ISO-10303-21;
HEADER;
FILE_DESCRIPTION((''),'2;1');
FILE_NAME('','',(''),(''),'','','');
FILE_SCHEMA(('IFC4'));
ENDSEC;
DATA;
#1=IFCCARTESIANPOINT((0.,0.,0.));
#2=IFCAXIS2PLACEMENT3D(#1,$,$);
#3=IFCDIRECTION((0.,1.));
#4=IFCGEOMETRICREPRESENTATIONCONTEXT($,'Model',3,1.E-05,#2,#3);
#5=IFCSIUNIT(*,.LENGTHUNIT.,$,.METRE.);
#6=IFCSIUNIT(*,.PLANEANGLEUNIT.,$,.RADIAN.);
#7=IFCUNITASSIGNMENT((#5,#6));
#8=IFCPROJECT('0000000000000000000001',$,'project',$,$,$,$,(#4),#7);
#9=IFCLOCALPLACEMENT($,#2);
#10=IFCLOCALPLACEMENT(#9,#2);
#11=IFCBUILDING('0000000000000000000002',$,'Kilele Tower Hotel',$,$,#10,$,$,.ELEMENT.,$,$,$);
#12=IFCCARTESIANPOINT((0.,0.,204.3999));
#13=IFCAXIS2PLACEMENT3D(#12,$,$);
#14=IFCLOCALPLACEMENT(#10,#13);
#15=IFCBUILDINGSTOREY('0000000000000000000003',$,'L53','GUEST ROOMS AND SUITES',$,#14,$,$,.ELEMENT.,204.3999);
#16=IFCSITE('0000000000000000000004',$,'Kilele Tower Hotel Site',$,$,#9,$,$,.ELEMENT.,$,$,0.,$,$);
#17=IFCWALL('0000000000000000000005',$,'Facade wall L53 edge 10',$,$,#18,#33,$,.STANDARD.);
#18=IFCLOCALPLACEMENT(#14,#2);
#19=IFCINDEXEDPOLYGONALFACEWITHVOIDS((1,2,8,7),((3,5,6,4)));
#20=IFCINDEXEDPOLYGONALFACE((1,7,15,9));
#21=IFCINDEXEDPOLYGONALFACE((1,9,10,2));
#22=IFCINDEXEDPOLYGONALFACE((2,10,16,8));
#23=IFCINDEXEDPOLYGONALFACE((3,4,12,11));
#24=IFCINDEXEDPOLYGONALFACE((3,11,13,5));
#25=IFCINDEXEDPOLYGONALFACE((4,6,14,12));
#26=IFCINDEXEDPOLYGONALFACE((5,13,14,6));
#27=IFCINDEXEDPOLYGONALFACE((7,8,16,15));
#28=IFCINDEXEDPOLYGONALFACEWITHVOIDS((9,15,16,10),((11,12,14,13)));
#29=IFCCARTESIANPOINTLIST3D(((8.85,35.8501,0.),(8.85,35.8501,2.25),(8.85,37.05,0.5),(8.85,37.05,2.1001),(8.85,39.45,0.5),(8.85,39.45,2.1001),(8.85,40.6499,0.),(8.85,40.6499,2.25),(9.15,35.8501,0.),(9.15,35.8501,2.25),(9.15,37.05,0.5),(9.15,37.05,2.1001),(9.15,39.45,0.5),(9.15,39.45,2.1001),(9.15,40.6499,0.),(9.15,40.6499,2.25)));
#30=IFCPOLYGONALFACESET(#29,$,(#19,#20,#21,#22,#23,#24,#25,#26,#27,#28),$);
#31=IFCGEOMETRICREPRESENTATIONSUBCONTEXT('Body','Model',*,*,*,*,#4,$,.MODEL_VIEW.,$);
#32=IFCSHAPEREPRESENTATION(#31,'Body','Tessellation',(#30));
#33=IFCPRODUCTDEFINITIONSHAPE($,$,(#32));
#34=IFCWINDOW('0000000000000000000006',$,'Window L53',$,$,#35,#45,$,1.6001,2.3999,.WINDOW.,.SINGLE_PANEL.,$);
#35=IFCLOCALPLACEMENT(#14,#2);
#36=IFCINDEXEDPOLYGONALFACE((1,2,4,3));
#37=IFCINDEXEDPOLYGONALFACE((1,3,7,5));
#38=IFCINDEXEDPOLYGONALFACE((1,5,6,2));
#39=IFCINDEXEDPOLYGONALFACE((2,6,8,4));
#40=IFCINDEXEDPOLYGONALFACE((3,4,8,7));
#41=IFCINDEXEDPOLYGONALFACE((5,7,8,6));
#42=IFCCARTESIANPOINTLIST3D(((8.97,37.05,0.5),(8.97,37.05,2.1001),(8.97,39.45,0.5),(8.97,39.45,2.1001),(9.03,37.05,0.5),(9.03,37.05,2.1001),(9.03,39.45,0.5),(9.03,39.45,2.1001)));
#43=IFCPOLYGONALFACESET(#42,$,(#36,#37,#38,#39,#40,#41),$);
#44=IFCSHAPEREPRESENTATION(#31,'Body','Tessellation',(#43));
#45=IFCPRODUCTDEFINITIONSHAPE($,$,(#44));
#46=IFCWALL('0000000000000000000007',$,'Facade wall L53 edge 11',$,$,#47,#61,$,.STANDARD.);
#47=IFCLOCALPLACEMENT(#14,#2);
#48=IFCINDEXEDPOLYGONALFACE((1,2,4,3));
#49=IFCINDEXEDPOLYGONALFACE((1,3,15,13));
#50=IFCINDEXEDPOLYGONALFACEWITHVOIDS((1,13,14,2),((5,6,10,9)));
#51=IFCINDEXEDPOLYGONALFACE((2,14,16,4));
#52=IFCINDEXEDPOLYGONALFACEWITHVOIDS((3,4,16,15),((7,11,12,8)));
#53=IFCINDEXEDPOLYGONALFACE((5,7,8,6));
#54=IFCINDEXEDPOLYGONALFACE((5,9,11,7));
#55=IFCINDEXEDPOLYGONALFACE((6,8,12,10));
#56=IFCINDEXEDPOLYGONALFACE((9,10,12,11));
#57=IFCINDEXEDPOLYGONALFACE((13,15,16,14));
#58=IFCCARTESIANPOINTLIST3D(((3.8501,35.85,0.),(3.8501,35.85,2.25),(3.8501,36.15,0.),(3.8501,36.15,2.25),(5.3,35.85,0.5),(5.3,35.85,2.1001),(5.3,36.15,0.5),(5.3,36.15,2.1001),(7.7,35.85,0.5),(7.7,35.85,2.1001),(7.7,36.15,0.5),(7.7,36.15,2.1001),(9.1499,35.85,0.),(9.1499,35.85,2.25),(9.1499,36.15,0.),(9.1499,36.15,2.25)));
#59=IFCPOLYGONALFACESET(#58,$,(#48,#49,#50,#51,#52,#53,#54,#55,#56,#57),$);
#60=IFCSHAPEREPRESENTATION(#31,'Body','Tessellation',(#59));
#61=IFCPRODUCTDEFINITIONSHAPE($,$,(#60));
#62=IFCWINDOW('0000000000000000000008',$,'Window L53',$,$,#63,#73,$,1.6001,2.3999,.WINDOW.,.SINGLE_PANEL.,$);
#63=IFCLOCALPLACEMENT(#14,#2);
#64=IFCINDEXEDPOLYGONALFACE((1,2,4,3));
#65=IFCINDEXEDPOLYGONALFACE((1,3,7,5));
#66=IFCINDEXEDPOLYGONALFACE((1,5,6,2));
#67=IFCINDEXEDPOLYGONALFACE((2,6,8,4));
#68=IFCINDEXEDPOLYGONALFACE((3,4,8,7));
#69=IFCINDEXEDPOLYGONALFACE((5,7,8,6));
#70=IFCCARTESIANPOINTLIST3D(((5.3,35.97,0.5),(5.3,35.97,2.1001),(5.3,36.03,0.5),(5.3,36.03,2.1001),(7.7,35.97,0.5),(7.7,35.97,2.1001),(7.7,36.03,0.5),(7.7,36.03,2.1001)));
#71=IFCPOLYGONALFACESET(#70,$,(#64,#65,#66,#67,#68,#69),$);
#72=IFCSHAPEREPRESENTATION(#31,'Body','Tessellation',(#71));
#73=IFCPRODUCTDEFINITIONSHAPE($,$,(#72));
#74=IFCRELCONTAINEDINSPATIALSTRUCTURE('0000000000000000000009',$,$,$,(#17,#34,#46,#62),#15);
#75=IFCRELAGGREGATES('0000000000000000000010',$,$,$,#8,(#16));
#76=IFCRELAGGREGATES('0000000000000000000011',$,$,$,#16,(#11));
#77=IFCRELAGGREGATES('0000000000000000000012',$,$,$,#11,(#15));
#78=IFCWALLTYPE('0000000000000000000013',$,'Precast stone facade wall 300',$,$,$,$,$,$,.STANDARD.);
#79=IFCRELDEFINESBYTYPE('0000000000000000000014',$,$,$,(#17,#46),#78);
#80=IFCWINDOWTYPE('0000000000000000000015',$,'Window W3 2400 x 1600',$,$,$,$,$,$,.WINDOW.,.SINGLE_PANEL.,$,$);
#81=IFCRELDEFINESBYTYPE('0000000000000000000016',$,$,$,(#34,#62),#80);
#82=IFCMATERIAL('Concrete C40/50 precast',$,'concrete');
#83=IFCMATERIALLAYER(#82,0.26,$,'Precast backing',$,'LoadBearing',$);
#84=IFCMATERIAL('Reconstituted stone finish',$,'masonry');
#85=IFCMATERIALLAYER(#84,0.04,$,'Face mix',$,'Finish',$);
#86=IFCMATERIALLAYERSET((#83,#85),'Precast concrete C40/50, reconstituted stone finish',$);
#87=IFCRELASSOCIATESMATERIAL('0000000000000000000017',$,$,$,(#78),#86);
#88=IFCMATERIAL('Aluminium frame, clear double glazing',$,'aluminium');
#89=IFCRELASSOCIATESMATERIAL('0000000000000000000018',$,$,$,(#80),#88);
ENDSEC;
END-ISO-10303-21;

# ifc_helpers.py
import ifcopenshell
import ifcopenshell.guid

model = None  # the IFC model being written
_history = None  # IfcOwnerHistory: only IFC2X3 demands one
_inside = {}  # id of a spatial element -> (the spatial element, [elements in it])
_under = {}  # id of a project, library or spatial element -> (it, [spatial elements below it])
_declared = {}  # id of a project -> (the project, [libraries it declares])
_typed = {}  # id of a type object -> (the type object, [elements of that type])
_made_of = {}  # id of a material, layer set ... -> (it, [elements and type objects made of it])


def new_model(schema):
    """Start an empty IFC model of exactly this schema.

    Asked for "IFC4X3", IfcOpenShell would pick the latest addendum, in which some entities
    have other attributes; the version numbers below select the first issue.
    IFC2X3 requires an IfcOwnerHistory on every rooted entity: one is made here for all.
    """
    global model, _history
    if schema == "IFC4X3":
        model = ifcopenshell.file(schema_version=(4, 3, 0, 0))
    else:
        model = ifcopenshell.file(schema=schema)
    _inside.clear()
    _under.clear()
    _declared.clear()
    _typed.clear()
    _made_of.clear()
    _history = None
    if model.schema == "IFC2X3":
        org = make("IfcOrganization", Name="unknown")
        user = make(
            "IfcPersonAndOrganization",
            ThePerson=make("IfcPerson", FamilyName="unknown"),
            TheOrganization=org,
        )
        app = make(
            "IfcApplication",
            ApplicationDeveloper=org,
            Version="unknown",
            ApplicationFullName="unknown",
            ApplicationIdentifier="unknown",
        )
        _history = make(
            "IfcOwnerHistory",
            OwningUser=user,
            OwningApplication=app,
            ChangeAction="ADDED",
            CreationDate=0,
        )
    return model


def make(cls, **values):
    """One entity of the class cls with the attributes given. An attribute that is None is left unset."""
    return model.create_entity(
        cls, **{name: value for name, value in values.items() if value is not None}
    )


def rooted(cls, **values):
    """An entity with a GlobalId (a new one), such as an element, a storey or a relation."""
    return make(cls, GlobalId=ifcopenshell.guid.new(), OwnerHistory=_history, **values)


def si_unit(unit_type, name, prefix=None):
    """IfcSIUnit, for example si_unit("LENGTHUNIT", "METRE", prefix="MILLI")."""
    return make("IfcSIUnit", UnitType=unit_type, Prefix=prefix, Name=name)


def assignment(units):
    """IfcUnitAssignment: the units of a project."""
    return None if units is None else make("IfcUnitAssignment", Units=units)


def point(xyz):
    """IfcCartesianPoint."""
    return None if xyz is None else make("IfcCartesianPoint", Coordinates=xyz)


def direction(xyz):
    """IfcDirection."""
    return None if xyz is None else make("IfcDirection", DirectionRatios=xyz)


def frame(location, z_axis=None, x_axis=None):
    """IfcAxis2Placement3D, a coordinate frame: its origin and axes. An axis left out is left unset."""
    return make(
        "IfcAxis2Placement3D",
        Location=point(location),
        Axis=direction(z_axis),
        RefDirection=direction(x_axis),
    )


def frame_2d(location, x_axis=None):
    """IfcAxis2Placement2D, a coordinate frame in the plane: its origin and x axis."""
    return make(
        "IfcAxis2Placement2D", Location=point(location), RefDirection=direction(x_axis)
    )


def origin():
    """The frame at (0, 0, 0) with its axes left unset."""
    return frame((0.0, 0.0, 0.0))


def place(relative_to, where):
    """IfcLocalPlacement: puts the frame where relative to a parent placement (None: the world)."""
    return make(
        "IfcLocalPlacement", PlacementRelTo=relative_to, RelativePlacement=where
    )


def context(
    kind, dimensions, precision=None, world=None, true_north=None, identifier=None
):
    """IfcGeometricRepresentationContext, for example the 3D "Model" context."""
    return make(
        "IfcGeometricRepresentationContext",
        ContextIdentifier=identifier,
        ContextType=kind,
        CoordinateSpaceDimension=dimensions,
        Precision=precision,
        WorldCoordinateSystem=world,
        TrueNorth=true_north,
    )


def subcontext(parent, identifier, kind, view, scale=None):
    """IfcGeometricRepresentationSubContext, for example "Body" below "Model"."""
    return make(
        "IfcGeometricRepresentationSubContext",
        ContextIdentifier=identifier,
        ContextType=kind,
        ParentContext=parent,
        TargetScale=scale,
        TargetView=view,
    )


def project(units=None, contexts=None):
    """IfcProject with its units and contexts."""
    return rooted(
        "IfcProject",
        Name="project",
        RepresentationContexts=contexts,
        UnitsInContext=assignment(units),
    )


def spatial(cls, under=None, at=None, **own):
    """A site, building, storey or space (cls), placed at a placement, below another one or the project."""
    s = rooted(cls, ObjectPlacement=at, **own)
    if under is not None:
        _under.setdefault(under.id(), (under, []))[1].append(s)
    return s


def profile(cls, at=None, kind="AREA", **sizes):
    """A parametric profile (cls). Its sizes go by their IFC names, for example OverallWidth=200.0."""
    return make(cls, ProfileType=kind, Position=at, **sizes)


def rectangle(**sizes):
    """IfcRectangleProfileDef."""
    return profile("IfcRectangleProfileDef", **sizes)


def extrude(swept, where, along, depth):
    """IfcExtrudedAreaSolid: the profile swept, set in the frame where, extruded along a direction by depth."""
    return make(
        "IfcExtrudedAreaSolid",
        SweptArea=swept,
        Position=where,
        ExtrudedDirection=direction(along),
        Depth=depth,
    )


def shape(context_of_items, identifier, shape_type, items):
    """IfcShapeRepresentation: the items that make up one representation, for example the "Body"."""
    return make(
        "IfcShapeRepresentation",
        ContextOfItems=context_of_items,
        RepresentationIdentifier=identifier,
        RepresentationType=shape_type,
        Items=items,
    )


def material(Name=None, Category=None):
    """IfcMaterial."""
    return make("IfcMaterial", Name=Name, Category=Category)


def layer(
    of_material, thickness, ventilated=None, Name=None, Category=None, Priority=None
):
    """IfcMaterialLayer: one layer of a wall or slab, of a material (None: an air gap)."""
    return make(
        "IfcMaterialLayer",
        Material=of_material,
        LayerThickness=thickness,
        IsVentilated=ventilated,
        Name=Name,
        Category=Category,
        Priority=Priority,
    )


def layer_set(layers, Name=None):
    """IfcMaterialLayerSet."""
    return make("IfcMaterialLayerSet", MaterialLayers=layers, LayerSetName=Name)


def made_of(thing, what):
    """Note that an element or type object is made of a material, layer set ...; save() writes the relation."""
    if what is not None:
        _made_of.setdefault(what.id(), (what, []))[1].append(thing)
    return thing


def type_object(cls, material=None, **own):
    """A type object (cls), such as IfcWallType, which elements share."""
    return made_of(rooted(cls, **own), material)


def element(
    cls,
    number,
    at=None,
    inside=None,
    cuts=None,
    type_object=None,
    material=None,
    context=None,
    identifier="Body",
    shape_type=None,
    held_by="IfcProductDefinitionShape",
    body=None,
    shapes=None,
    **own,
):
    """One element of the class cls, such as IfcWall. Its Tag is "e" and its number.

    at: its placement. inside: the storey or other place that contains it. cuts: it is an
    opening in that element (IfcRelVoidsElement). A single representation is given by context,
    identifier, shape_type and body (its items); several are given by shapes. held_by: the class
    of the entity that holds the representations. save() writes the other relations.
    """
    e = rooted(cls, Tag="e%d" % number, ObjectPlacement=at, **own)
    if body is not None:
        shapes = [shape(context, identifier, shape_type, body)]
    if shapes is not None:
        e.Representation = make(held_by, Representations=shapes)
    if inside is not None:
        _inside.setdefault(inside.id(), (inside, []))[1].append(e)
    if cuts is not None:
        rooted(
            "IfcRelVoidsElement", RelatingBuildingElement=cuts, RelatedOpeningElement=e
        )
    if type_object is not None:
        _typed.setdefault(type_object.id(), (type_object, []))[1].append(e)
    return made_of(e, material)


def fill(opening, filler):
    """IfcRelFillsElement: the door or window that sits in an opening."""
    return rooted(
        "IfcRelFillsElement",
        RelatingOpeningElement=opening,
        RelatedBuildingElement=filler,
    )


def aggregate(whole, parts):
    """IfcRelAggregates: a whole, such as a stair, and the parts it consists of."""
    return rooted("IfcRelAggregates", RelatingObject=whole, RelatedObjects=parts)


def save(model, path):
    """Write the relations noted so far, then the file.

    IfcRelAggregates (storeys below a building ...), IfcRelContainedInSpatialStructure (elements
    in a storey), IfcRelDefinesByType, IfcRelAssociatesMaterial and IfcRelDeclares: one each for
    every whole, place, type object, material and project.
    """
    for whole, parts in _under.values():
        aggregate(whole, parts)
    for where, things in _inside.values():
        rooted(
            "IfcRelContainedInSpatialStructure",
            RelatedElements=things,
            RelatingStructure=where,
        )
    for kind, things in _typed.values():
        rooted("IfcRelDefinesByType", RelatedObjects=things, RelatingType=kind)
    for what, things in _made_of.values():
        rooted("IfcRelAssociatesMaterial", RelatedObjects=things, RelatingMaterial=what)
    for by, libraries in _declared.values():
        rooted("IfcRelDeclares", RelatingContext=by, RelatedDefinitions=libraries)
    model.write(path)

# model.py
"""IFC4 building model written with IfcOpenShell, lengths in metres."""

from ifc_helpers import new_model, si_unit, direction, frame, frame_2d, origin, place, context, subcontext, project, spatial, rectangle, extrude, material, layer, layer_set, type_object, element, fill, save


model = new_model("IFC4")

# Units and contexts
model_context = context("Model", 3, precision=1e-05, world=origin(), true_north=direction((0.0, 1.0)))
body_context = subcontext(model_context, "Body", "Model", "MODEL_VIEW")
ifc_project = project(units=[si_unit("LENGTHUNIT", "METRE"), si_unit("PLANEANGLEUNIT", "RADIAN")], contexts=[model_context])

# Site, building, storey
site_placement = place(None, origin())
site = spatial("IfcSite", under=ifc_project, at=site_placement, Name="Kilele Tower Hotel Site", CompositionType="ELEMENT", RefElevation=0.0)
building_placement = place(site_placement, origin())
building = spatial("IfcBuilding", under=site, at=building_placement, Name="Kilele Tower Hotel", CompositionType="ELEMENT")
storey_placement = place(building_placement, frame((0.0, 0.0, 204.3999)))
storey = spatial("IfcBuildingStorey", under=building, at=storey_placement, Name="L53", Description="GUEST ROOMS AND SUITES", CompositionType="ELEMENT", Elevation=204.3999)

# Walls, openings, windows
ifc_material_1 = material(Name="Concrete C40/50 precast", Category="concrete")
ifc_layer_1 = layer(ifc_material_1, 0.26, Name="Precast backing", Category="LoadBearing")
ifc_material_2 = material(Name="Reconstituted stone finish", Category="masonry")
ifc_layer_2 = layer(ifc_material_2, 0.04, Name="Face mix", Category="Finish")
ifc_layer_set_1 = layer_set([ifc_layer_1, ifc_layer_2], Name="Precast concrete C40/50, reconstituted stone finish")
wall_type_1 = type_object("IfcWallType", Name="Precast stone facade wall 300", PredefinedType="STANDARD", material=ifc_layer_set_1)
wall_1_placement = place(storey_placement, frame((9.0, 40.6499, 0.0), z_axis=(0.0, 0.0, 1.0), x_axis=(0.0, -1.0, 0.0)))
wall_1 = element("IfcWall", 1, at=wall_1_placement, inside=storey, type_object=wall_type_1, Name="Facade wall L53 edge 10", PredefinedType="STANDARD", context=body_context, shape_type="SweptSolid", body=[
    extrude(rectangle(XDim=4.7998, YDim=0.3, at=frame_2d((2.3999, 0.0))), origin(), (0.0, 0.0, 1.0), 2.25),
])
opening_1_placement = place(wall_1_placement, frame((1.2, 0.0, 0.5)))
opening_1 = element("IfcOpeningElement", 2, at=opening_1_placement, cuts=wall_1, PredefinedType="OPENING", context=body_context, shape_type="SweptSolid", body=[
    extrude(rectangle(XDim=2.3999, YDim=1.6001, at=frame_2d((1.2, 0.8))), frame((0.0, 0.1599, 0.0), z_axis=(0.0, -1.0, 0.0), x_axis=(1.0, 0.0, 0.0)), (0.0, 0.0, 1.0), 0.3201),
])
ifc_material_3 = material(Name="Aluminium frame, clear double glazing", Category="aluminium")
window_type_1 = type_object("IfcWindowType", Name="Window W3 2400 x 1600", PartitioningType="SINGLE_PANEL", PredefinedType="WINDOW", material=ifc_material_3)
window_1_placement = place(opening_1_placement, origin())
window_1 = element("IfcWindow", 3, at=window_1_placement, inside=storey, type_object=window_type_1, Name="Window L53", OverallHeight=1.6001, OverallWidth=2.3999, PartitioningType="SINGLE_PANEL", PredefinedType="WINDOW", context=body_context, shape_type="SweptSolid", body=[
    extrude(rectangle(XDim=2.3999, YDim=1.6001, at=frame_2d((1.2, 0.8))), frame((0.0, 0.03, 0.0), z_axis=(0.0, -1.0, 0.0), x_axis=(1.0, 0.0, 0.0)), (0.0, 0.0, 1.0), 0.0601),
])
fill(opening_1, window_1)
wall_2_placement = place(storey_placement, frame((9.1499, 36.0, 0.0), z_axis=(0.0, 0.0, 1.0), x_axis=(-1.0, 0.0, 0.0)))
wall_2 = element("IfcWall", 4, at=wall_2_placement, inside=storey, type_object=wall_type_1, Name="Facade wall L53 edge 11", PredefinedType="STANDARD", context=body_context, shape_type="SweptSolid", body=[
    extrude(rectangle(XDim=5.2998, YDim=0.3, at=frame_2d((2.6499, 0.0))), origin(), (0.0, 0.0, 1.0), 2.25),
])
opening_2_placement = place(wall_2_placement, frame((1.45, 0.0, 0.5)))
opening_2 = element("IfcOpeningElement", 5, at=opening_2_placement, cuts=wall_2, PredefinedType="OPENING", context=body_context, shape_type="SweptSolid", body=[
    extrude(rectangle(XDim=2.3999, YDim=1.6001, at=frame_2d((1.2, 0.8))), frame((0.0, 0.1599, 0.0), z_axis=(0.0, -1.0, 0.0), x_axis=(1.0, 0.0, 0.0)), (0.0, 0.0, 1.0), 0.3201),
])
window_2_placement = place(opening_2_placement, origin())
window_2 = element("IfcWindow", 6, at=window_2_placement, inside=storey, type_object=window_type_1, Name="Window L53", OverallHeight=1.6001, OverallWidth=2.3999, PartitioningType="SINGLE_PANEL", PredefinedType="WINDOW", context=body_context, shape_type="SweptSolid", body=[
    extrude(rectangle(XDim=2.3999, YDim=1.6001, at=frame_2d((1.2, 0.8))), frame((0.0, 0.03, 0.0), z_axis=(0.0, -1.0, 0.0), x_axis=(1.0, 0.0, 0.0)), (0.0, 0.0, 1.0), 0.0601),
])
fill(opening_2, window_2)

save(model, "model.ifc")
